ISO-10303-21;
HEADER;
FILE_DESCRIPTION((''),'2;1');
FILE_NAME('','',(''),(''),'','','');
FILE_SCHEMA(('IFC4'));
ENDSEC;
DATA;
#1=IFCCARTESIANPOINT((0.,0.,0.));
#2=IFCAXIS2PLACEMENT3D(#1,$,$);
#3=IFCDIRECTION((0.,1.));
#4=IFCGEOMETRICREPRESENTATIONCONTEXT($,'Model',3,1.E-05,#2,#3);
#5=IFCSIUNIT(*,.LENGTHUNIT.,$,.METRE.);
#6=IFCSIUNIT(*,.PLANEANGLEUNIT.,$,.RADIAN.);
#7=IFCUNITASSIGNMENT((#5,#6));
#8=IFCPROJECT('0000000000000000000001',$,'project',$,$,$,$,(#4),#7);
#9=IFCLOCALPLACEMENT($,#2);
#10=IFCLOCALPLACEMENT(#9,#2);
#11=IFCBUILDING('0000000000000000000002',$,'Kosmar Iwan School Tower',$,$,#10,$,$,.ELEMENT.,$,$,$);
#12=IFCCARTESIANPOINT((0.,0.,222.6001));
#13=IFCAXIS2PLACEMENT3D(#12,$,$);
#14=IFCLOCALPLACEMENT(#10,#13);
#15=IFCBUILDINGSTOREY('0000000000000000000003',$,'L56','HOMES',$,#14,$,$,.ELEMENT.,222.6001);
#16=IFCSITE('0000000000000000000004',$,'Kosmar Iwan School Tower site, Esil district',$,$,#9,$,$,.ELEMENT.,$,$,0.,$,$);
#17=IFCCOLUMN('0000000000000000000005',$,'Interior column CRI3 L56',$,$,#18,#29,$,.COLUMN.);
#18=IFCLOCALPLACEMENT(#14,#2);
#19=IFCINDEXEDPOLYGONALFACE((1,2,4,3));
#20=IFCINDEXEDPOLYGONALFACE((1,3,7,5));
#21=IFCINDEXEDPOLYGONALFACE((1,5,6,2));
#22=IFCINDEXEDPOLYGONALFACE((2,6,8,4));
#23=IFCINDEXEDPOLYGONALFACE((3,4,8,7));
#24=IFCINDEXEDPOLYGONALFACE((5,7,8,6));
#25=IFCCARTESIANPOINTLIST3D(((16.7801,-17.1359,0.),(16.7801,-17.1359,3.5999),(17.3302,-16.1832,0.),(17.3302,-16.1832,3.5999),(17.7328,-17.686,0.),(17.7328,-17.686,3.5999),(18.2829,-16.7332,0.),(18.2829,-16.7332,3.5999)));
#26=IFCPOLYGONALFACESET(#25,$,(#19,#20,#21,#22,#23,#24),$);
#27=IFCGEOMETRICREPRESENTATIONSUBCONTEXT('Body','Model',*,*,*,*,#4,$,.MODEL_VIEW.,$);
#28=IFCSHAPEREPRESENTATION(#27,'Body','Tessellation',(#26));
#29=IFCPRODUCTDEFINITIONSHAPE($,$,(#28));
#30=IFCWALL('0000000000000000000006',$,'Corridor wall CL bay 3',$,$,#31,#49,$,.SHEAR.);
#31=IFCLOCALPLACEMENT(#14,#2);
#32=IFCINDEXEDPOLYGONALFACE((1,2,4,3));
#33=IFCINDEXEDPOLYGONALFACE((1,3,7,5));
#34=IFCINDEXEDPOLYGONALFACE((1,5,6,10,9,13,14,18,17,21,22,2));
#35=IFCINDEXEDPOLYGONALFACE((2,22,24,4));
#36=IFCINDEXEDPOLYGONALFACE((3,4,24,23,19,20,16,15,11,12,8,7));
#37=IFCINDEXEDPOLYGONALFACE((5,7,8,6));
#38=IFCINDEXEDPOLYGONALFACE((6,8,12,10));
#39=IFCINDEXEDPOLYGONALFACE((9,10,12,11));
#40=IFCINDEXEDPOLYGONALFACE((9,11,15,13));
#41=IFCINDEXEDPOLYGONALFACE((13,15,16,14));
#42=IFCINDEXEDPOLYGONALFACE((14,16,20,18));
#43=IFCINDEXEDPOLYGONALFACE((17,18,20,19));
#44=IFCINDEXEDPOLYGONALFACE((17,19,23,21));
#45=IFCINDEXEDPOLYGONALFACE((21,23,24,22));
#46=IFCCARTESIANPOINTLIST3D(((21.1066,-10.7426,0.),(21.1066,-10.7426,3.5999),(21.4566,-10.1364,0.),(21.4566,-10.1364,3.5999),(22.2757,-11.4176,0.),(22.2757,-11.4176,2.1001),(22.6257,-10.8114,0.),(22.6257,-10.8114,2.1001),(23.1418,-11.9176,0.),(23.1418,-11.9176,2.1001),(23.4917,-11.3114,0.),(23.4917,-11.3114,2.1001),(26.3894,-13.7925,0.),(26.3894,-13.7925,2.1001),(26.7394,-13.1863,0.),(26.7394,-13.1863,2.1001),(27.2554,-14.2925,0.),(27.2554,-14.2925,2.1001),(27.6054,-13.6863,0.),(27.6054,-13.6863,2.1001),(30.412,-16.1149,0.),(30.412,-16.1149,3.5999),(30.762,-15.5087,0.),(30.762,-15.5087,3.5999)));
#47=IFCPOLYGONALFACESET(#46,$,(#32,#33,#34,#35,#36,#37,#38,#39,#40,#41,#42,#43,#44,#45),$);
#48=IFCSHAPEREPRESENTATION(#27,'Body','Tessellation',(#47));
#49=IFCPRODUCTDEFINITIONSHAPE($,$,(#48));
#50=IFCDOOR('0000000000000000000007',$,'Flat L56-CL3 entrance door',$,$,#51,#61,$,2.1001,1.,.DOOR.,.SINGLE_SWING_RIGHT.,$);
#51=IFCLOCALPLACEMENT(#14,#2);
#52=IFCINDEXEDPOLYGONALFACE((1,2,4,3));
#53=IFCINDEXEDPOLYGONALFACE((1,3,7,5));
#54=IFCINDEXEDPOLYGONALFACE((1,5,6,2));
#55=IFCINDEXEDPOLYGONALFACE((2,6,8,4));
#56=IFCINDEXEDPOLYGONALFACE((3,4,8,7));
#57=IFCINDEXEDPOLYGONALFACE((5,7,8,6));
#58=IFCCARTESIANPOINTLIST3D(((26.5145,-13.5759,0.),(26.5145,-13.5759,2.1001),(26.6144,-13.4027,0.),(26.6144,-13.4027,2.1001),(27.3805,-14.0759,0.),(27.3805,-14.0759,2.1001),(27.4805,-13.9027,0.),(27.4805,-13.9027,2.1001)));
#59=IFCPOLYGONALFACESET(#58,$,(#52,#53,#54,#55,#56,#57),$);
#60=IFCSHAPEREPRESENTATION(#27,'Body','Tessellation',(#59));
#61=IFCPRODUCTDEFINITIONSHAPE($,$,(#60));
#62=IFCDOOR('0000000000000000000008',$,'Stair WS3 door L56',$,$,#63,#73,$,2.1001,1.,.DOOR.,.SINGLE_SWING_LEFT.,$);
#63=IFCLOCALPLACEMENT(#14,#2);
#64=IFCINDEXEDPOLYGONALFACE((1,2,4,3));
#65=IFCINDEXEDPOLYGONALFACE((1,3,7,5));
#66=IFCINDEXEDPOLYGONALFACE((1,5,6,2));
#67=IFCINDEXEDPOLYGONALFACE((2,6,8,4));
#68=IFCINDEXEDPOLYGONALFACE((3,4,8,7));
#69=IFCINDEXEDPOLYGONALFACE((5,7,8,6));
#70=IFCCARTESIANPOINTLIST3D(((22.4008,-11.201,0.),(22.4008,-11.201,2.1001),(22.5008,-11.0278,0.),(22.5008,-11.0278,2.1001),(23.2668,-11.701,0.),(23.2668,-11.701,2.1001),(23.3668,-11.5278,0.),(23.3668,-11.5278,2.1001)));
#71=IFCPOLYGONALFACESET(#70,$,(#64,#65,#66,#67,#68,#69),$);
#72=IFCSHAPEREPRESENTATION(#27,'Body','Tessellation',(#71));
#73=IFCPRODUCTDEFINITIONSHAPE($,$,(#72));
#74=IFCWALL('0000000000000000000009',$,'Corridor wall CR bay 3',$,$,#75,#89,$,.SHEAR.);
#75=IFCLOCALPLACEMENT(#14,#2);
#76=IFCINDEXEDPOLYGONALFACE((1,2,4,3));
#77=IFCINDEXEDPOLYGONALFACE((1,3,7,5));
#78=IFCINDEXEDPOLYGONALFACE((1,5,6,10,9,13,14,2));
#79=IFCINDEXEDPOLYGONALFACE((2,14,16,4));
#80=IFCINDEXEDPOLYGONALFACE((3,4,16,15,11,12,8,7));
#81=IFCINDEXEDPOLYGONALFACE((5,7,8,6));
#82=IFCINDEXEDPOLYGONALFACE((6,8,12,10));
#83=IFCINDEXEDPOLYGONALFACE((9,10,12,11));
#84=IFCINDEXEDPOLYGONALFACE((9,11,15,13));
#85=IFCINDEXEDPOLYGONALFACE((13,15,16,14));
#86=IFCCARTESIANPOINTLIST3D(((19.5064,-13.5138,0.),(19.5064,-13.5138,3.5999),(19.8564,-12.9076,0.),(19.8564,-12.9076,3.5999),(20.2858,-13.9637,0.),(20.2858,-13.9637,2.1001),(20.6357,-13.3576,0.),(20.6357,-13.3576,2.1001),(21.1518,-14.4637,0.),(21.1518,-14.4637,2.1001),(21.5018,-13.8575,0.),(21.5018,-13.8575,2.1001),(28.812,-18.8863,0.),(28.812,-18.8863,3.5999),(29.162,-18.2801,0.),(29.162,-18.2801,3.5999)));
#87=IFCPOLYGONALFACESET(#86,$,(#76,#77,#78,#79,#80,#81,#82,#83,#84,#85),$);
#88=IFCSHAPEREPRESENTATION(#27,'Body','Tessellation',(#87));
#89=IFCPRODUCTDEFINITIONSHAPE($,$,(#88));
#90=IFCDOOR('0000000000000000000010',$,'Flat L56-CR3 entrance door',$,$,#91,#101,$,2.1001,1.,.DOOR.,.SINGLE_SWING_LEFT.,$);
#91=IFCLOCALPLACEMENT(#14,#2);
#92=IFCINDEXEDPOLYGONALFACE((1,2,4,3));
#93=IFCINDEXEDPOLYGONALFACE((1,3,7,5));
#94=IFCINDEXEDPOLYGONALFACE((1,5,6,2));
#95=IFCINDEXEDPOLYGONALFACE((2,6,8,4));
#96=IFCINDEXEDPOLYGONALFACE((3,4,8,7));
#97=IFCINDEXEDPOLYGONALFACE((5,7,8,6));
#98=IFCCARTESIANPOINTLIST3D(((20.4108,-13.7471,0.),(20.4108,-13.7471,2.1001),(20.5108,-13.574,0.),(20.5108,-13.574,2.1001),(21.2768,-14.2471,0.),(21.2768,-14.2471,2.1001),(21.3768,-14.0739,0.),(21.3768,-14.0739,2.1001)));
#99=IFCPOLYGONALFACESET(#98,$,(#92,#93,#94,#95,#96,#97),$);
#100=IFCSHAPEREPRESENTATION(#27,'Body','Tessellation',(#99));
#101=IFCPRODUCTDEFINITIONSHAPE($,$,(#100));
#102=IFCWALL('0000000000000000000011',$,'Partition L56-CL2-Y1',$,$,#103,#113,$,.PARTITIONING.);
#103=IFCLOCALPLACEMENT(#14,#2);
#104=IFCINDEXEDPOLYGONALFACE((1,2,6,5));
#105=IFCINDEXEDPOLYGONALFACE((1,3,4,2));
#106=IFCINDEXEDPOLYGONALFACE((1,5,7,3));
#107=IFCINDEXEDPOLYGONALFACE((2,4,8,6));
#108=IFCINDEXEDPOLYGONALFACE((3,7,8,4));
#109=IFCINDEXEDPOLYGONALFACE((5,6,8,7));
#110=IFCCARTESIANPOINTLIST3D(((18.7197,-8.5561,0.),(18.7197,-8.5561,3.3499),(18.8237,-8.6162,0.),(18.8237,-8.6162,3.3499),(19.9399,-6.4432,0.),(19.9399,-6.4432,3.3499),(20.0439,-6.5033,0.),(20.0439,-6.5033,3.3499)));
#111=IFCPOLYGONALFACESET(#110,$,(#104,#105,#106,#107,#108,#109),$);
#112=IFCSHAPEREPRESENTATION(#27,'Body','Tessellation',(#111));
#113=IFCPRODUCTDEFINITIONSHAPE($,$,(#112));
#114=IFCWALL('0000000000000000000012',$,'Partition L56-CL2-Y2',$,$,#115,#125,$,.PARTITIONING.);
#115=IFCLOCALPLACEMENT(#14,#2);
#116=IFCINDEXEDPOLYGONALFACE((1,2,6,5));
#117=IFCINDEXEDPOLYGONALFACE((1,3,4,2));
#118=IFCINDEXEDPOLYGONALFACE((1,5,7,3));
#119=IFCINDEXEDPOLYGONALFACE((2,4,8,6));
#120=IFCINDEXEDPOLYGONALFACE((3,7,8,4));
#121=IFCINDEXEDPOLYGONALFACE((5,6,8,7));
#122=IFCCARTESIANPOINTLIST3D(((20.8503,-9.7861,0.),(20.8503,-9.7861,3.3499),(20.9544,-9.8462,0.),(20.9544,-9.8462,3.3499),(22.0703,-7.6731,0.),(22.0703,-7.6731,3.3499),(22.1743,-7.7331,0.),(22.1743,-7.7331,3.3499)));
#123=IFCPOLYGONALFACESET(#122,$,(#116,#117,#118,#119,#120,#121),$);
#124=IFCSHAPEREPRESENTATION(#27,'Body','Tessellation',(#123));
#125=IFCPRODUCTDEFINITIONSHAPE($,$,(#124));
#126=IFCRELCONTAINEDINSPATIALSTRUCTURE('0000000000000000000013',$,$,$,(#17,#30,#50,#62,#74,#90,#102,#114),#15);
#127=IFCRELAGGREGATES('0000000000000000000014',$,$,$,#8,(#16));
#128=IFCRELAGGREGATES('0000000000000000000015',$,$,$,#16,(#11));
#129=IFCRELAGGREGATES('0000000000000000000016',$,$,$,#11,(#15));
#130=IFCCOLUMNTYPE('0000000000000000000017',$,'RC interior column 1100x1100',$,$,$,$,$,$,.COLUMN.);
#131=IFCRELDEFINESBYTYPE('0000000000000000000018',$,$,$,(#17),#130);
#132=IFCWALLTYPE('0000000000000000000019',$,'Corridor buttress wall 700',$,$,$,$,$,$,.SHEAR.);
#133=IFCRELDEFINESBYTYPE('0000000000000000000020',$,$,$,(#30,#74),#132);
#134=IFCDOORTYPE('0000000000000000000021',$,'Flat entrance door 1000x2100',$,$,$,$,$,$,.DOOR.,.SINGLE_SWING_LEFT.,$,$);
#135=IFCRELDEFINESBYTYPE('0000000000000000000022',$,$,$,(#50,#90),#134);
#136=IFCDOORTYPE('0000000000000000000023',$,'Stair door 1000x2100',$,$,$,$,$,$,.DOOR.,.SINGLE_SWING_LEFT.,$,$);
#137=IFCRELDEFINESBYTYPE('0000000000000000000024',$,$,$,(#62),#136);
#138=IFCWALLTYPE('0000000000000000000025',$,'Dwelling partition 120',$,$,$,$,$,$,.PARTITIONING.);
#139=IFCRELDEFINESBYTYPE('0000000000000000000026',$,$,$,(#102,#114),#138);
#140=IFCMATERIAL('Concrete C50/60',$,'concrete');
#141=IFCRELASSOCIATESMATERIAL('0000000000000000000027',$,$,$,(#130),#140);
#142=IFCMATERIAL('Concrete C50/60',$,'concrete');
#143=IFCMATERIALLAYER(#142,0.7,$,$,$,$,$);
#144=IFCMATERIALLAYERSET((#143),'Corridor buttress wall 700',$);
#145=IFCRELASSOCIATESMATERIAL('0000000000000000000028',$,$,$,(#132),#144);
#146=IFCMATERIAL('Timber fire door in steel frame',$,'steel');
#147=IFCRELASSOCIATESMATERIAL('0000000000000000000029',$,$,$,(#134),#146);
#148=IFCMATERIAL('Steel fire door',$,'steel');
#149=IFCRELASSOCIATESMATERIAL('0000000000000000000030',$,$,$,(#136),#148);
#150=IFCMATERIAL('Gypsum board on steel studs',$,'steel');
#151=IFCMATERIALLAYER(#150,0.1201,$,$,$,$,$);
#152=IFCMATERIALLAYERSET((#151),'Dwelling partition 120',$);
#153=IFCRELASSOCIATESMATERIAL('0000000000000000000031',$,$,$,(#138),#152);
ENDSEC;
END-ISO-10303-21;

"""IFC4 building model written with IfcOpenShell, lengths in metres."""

from ifc_helpers import new_model, si_unit, direction, frame, frame_2d, origin, origin_2d, place, context, subcontext, project, spatial, rectangle, extrude, material, layer, layer_set, material_profile, profile_set, type_object, element, fill, save


model = new_model("IFC4")

# Units and contexts
model_context = context("Model", 3, precision=1e-05, world=origin(), true_north=direction((0.0, 1.0)))
body_context = subcontext(model_context, "Body", "Model", "MODEL_VIEW")
ifc_project = project(units=[si_unit("LENGTHUNIT", "METRE"), si_unit("PLANEANGLEUNIT", "RADIAN")], contexts=[model_context])

# Site, building, storey
site_placement = place(None, origin())
site = spatial("IfcSite", under=ifc_project, at=site_placement, Name="Kosmar Iwan School Tower site, Esil district", CompositionType="ELEMENT", RefElevation=0.0)
building_placement = place(site_placement, origin())
building = spatial("IfcBuilding", under=site, at=building_placement, Name="Kosmar Iwan School Tower", CompositionType="ELEMENT")
storey_placement = place(building_placement, frame((0.0, 0.0, 222.6001)))
storey = spatial("IfcBuildingStorey", under=building, at=storey_placement, Name="L56", Description="HOMES", CompositionType="ELEMENT", Elevation=222.6001)

# Column
ifc_material_1 = material(Name="Concrete C50/60", Category="concrete")
ifc_material_profile = material_profile(ifc_material_1, rectangle(XDim=1.1001, YDim=1.1001, at=origin_2d()), Name="RC 1100x1100")
ifc_profile_set = profile_set([ifc_material_profile], Name="Concrete C50/60")
column_type = type_object("IfcColumnType", Name="RC interior column 1100x1100", PredefinedType="COLUMN", material=ifc_profile_set)
column_placement = place(storey_placement, frame((17.5315, -16.9346, 0.0), z_axis=(0.0, 0.0, 1.0), x_axis=(0.866025, -0.5, 0.0)))
element("IfcColumn", 1, at=column_placement, inside=storey, type_object=column_type, Name="Interior column CRI3 L56", PredefinedType="COLUMN", context=body_context, shape_type="SweptSolid", body=[
    extrude(rectangle(XDim=1.1001, YDim=1.1001, at=origin_2d()), origin(), (0.0, 0.0, 1.0), 3.5999),
])

# Wall, openings, doors
ifc_material_2 = material(Name="Concrete C50/60", Category="concrete")
ifc_layer_1 = layer(ifc_material_2, 0.7)
ifc_layer_set_1 = layer_set([ifc_layer_1], Name="Corridor buttress wall 700")
wall_type_1 = type_object("IfcWallType", Name="Corridor buttress wall 700", PredefinedType="SHEAR", material=ifc_layer_set_1)
wall_1_placement = place(storey_placement, frame((21.2815, -10.4395, 0.0), z_axis=(0.0, 0.0, 1.0), x_axis=(0.866032, -0.499988, 0.0)))
wall_1 = element("IfcWall", 2, at=wall_1_placement, inside=storey, type_object=wall_type_1, Name="Corridor wall CL bay 3", PredefinedType="SHEAR", context=body_context, shape_type="SweptSolid", body=[
    extrude(rectangle(XDim=10.7449, YDim=0.7, at=frame_2d((5.3726, 0.0))), origin(), (0.0, 0.0, 1.0), 3.5999),
])
opening_1_placement = place(wall_1_placement, frame((6.1001, 0.0, 0.0)))
opening_1 = element("IfcOpeningElement", 3, at=opening_1_placement, cuts=wall_1, PredefinedType="OPENING", context=body_context, shape_type="SweptSolid", body=[
    extrude(rectangle(XDim=1.0, YDim=2.1001, at=frame_2d((0.5, 1.05))), frame((0.0, 0.3621, 0.0), z_axis=(0.0, -1.0, 0.0), x_axis=(1.0, 0.0, 0.0)), (0.0, 0.0, 1.0), 0.7239),
])
opening_2_placement = place(wall_1_placement, frame((1.3501, 0.0, 0.0)))
opening_2 = element("IfcOpeningElement", 4, at=opening_2_placement, cuts=wall_1, PredefinedType="OPENING", context=body_context, shape_type="SweptSolid", body=[
    extrude(rectangle(XDim=1.0, YDim=2.1001, at=frame_2d((0.5, 1.05))), frame((0.0, 0.3621, 0.0), z_axis=(0.0, -1.0, 0.0), x_axis=(1.0, 0.0, 0.0)), (0.0, 0.0, 1.0), 0.7239),
])
ifc_material_3 = material(Name="Timber fire door in steel frame", Category="steel")
door_type_1 = type_object("IfcDoorType", Name="Flat entrance door 1000x2100", OperationType="SINGLE_SWING_LEFT", PredefinedType="DOOR", material=ifc_material_3)
door_1_placement = place(opening_1_placement, origin())
door_1 = element("IfcDoor", 5, at=door_1_placement, inside=storey, type_object=door_type_1, Name="Flat L56-CL3 entrance door", OperationType="SINGLE_SWING_RIGHT", OverallHeight=2.1001, OverallWidth=1.0, PredefinedType="DOOR", context=body_context, shape_type="SweptSolid", body=[
    extrude(rectangle(XDim=1.0, YDim=2.1001, at=frame_2d((0.5, 1.05))), frame((0.0, 0.1001, 0.0), z_axis=(0.0, -1.0, 0.0), x_axis=(1.0, 0.0, 0.0)), (0.0, 0.0, 1.0), 0.2),
])
fill(opening_1, door_1)
ifc_material_4 = material(Name="Steel fire door", Category="steel")
door_type_2 = type_object("IfcDoorType", Name="Stair door 1000x2100", OperationType="SINGLE_SWING_LEFT", PredefinedType="DOOR", material=ifc_material_4)
door_2_placement = place(opening_2_placement, origin())
door_2 = element("IfcDoor", 6, at=door_2_placement, inside=storey, type_object=door_type_2, Name="Stair WS3 door L56", OperationType="SINGLE_SWING_LEFT", OverallHeight=2.1001, OverallWidth=1.0, PredefinedType="DOOR", context=body_context, shape_type="SweptSolid", body=[
    extrude(rectangle(XDim=1.0, YDim=2.1001, at=frame_2d((0.5, 1.05))), frame((0.0, 0.1001, 0.0), z_axis=(0.0, -1.0, 0.0), x_axis=(1.0, 0.0, 0.0)), (0.0, 0.0, 1.0), 0.2),
])
fill(opening_2, door_2)

# Wall, opening, door
wall_2_placement = place(storey_placement, frame((19.6814, -13.2107, 0.0), z_axis=(0.0, 0.0, 1.0), x_axis=(0.866028, -0.499995, 0.0)))
wall_2 = element("IfcWall", 7, at=wall_2_placement, inside=storey, type_object=wall_type_1, Name="Corridor wall CR bay 3", PredefinedType="SHEAR", context=body_context, shape_type="SweptSolid", body=[
    extrude(rectangle(XDim=10.7451, YDim=0.7, at=frame_2d((5.3726, 0.0))), origin(), (0.0, 0.0, 1.0), 3.5999),
])
opening_3_placement = place(wall_2_placement, frame((0.8999, 0.0, 0.0)))
opening_3 = element("IfcOpeningElement", 8, at=opening_3_placement, cuts=wall_2, PredefinedType="OPENING", context=body_context, shape_type="SweptSolid", body=[
    extrude(rectangle(XDim=1.0, YDim=2.1001, at=frame_2d((0.5, 1.05))), frame((0.0, 0.3621, 0.0), z_axis=(0.0, -1.0, 0.0), x_axis=(1.0, 0.0, 0.0)), (0.0, 0.0, 1.0), 0.7239),
])
door_3_placement = place(opening_3_placement, origin())
door_3 = element("IfcDoor", 9, at=door_3_placement, inside=storey, type_object=door_type_1, Name="Flat L56-CR3 entrance door", OperationType="SINGLE_SWING_LEFT", OverallHeight=2.1001, OverallWidth=1.0, PredefinedType="DOOR", context=body_context, shape_type="SweptSolid", body=[
    extrude(rectangle(XDim=1.0, YDim=2.1001, at=frame_2d((0.5, 1.05))), frame((0.0, 0.1001, 0.0), z_axis=(0.0, -1.0, 0.0), x_axis=(1.0, 0.0, 0.0)), (0.0, 0.0, 1.0), 0.2),
])
fill(opening_3, door_3)

# Walls
ifc_material_5 = material(Name="Gypsum board on steel studs", Category="steel")
ifc_layer_2 = layer(ifc_material_5, 0.1201)
ifc_layer_set_2 = layer_set([ifc_layer_2], Name="Dwelling partition 120")
wall_type_2 = type_object("IfcWallType", Name="Dwelling partition 120", PredefinedType="PARTITIONING", material=ifc_layer_set_2)
for number, where, z_axis, x_axis, name in (
    (10, (18.7717, -8.5862, 0.0), (0.0, 0.0, 1.0), (0.500078, 0.865981, 0.0), "Partition L56-CL2-Y1"),
    (11, (20.9023, -9.8162, 0.0), (0.0, 0.0, 1.0), (0.500003, 0.866024, 0.0), "Partition L56-CL2-Y2"),
):
    element("IfcWall", number, at=place(storey_placement, frame(where, z_axis=z_axis, x_axis=x_axis)), inside=storey, type_object=wall_type_2, Name=name, PredefinedType="PARTITIONING", context=body_context, shape_type="SweptSolid", body=[
        extrude(rectangle(XDim=2.4399, YDim=0.1201, at=frame_2d((1.22, 0.0))), origin(), (0.0, 0.0, 1.0), 3.3499),
    ])

save(model, "model.ifc")
